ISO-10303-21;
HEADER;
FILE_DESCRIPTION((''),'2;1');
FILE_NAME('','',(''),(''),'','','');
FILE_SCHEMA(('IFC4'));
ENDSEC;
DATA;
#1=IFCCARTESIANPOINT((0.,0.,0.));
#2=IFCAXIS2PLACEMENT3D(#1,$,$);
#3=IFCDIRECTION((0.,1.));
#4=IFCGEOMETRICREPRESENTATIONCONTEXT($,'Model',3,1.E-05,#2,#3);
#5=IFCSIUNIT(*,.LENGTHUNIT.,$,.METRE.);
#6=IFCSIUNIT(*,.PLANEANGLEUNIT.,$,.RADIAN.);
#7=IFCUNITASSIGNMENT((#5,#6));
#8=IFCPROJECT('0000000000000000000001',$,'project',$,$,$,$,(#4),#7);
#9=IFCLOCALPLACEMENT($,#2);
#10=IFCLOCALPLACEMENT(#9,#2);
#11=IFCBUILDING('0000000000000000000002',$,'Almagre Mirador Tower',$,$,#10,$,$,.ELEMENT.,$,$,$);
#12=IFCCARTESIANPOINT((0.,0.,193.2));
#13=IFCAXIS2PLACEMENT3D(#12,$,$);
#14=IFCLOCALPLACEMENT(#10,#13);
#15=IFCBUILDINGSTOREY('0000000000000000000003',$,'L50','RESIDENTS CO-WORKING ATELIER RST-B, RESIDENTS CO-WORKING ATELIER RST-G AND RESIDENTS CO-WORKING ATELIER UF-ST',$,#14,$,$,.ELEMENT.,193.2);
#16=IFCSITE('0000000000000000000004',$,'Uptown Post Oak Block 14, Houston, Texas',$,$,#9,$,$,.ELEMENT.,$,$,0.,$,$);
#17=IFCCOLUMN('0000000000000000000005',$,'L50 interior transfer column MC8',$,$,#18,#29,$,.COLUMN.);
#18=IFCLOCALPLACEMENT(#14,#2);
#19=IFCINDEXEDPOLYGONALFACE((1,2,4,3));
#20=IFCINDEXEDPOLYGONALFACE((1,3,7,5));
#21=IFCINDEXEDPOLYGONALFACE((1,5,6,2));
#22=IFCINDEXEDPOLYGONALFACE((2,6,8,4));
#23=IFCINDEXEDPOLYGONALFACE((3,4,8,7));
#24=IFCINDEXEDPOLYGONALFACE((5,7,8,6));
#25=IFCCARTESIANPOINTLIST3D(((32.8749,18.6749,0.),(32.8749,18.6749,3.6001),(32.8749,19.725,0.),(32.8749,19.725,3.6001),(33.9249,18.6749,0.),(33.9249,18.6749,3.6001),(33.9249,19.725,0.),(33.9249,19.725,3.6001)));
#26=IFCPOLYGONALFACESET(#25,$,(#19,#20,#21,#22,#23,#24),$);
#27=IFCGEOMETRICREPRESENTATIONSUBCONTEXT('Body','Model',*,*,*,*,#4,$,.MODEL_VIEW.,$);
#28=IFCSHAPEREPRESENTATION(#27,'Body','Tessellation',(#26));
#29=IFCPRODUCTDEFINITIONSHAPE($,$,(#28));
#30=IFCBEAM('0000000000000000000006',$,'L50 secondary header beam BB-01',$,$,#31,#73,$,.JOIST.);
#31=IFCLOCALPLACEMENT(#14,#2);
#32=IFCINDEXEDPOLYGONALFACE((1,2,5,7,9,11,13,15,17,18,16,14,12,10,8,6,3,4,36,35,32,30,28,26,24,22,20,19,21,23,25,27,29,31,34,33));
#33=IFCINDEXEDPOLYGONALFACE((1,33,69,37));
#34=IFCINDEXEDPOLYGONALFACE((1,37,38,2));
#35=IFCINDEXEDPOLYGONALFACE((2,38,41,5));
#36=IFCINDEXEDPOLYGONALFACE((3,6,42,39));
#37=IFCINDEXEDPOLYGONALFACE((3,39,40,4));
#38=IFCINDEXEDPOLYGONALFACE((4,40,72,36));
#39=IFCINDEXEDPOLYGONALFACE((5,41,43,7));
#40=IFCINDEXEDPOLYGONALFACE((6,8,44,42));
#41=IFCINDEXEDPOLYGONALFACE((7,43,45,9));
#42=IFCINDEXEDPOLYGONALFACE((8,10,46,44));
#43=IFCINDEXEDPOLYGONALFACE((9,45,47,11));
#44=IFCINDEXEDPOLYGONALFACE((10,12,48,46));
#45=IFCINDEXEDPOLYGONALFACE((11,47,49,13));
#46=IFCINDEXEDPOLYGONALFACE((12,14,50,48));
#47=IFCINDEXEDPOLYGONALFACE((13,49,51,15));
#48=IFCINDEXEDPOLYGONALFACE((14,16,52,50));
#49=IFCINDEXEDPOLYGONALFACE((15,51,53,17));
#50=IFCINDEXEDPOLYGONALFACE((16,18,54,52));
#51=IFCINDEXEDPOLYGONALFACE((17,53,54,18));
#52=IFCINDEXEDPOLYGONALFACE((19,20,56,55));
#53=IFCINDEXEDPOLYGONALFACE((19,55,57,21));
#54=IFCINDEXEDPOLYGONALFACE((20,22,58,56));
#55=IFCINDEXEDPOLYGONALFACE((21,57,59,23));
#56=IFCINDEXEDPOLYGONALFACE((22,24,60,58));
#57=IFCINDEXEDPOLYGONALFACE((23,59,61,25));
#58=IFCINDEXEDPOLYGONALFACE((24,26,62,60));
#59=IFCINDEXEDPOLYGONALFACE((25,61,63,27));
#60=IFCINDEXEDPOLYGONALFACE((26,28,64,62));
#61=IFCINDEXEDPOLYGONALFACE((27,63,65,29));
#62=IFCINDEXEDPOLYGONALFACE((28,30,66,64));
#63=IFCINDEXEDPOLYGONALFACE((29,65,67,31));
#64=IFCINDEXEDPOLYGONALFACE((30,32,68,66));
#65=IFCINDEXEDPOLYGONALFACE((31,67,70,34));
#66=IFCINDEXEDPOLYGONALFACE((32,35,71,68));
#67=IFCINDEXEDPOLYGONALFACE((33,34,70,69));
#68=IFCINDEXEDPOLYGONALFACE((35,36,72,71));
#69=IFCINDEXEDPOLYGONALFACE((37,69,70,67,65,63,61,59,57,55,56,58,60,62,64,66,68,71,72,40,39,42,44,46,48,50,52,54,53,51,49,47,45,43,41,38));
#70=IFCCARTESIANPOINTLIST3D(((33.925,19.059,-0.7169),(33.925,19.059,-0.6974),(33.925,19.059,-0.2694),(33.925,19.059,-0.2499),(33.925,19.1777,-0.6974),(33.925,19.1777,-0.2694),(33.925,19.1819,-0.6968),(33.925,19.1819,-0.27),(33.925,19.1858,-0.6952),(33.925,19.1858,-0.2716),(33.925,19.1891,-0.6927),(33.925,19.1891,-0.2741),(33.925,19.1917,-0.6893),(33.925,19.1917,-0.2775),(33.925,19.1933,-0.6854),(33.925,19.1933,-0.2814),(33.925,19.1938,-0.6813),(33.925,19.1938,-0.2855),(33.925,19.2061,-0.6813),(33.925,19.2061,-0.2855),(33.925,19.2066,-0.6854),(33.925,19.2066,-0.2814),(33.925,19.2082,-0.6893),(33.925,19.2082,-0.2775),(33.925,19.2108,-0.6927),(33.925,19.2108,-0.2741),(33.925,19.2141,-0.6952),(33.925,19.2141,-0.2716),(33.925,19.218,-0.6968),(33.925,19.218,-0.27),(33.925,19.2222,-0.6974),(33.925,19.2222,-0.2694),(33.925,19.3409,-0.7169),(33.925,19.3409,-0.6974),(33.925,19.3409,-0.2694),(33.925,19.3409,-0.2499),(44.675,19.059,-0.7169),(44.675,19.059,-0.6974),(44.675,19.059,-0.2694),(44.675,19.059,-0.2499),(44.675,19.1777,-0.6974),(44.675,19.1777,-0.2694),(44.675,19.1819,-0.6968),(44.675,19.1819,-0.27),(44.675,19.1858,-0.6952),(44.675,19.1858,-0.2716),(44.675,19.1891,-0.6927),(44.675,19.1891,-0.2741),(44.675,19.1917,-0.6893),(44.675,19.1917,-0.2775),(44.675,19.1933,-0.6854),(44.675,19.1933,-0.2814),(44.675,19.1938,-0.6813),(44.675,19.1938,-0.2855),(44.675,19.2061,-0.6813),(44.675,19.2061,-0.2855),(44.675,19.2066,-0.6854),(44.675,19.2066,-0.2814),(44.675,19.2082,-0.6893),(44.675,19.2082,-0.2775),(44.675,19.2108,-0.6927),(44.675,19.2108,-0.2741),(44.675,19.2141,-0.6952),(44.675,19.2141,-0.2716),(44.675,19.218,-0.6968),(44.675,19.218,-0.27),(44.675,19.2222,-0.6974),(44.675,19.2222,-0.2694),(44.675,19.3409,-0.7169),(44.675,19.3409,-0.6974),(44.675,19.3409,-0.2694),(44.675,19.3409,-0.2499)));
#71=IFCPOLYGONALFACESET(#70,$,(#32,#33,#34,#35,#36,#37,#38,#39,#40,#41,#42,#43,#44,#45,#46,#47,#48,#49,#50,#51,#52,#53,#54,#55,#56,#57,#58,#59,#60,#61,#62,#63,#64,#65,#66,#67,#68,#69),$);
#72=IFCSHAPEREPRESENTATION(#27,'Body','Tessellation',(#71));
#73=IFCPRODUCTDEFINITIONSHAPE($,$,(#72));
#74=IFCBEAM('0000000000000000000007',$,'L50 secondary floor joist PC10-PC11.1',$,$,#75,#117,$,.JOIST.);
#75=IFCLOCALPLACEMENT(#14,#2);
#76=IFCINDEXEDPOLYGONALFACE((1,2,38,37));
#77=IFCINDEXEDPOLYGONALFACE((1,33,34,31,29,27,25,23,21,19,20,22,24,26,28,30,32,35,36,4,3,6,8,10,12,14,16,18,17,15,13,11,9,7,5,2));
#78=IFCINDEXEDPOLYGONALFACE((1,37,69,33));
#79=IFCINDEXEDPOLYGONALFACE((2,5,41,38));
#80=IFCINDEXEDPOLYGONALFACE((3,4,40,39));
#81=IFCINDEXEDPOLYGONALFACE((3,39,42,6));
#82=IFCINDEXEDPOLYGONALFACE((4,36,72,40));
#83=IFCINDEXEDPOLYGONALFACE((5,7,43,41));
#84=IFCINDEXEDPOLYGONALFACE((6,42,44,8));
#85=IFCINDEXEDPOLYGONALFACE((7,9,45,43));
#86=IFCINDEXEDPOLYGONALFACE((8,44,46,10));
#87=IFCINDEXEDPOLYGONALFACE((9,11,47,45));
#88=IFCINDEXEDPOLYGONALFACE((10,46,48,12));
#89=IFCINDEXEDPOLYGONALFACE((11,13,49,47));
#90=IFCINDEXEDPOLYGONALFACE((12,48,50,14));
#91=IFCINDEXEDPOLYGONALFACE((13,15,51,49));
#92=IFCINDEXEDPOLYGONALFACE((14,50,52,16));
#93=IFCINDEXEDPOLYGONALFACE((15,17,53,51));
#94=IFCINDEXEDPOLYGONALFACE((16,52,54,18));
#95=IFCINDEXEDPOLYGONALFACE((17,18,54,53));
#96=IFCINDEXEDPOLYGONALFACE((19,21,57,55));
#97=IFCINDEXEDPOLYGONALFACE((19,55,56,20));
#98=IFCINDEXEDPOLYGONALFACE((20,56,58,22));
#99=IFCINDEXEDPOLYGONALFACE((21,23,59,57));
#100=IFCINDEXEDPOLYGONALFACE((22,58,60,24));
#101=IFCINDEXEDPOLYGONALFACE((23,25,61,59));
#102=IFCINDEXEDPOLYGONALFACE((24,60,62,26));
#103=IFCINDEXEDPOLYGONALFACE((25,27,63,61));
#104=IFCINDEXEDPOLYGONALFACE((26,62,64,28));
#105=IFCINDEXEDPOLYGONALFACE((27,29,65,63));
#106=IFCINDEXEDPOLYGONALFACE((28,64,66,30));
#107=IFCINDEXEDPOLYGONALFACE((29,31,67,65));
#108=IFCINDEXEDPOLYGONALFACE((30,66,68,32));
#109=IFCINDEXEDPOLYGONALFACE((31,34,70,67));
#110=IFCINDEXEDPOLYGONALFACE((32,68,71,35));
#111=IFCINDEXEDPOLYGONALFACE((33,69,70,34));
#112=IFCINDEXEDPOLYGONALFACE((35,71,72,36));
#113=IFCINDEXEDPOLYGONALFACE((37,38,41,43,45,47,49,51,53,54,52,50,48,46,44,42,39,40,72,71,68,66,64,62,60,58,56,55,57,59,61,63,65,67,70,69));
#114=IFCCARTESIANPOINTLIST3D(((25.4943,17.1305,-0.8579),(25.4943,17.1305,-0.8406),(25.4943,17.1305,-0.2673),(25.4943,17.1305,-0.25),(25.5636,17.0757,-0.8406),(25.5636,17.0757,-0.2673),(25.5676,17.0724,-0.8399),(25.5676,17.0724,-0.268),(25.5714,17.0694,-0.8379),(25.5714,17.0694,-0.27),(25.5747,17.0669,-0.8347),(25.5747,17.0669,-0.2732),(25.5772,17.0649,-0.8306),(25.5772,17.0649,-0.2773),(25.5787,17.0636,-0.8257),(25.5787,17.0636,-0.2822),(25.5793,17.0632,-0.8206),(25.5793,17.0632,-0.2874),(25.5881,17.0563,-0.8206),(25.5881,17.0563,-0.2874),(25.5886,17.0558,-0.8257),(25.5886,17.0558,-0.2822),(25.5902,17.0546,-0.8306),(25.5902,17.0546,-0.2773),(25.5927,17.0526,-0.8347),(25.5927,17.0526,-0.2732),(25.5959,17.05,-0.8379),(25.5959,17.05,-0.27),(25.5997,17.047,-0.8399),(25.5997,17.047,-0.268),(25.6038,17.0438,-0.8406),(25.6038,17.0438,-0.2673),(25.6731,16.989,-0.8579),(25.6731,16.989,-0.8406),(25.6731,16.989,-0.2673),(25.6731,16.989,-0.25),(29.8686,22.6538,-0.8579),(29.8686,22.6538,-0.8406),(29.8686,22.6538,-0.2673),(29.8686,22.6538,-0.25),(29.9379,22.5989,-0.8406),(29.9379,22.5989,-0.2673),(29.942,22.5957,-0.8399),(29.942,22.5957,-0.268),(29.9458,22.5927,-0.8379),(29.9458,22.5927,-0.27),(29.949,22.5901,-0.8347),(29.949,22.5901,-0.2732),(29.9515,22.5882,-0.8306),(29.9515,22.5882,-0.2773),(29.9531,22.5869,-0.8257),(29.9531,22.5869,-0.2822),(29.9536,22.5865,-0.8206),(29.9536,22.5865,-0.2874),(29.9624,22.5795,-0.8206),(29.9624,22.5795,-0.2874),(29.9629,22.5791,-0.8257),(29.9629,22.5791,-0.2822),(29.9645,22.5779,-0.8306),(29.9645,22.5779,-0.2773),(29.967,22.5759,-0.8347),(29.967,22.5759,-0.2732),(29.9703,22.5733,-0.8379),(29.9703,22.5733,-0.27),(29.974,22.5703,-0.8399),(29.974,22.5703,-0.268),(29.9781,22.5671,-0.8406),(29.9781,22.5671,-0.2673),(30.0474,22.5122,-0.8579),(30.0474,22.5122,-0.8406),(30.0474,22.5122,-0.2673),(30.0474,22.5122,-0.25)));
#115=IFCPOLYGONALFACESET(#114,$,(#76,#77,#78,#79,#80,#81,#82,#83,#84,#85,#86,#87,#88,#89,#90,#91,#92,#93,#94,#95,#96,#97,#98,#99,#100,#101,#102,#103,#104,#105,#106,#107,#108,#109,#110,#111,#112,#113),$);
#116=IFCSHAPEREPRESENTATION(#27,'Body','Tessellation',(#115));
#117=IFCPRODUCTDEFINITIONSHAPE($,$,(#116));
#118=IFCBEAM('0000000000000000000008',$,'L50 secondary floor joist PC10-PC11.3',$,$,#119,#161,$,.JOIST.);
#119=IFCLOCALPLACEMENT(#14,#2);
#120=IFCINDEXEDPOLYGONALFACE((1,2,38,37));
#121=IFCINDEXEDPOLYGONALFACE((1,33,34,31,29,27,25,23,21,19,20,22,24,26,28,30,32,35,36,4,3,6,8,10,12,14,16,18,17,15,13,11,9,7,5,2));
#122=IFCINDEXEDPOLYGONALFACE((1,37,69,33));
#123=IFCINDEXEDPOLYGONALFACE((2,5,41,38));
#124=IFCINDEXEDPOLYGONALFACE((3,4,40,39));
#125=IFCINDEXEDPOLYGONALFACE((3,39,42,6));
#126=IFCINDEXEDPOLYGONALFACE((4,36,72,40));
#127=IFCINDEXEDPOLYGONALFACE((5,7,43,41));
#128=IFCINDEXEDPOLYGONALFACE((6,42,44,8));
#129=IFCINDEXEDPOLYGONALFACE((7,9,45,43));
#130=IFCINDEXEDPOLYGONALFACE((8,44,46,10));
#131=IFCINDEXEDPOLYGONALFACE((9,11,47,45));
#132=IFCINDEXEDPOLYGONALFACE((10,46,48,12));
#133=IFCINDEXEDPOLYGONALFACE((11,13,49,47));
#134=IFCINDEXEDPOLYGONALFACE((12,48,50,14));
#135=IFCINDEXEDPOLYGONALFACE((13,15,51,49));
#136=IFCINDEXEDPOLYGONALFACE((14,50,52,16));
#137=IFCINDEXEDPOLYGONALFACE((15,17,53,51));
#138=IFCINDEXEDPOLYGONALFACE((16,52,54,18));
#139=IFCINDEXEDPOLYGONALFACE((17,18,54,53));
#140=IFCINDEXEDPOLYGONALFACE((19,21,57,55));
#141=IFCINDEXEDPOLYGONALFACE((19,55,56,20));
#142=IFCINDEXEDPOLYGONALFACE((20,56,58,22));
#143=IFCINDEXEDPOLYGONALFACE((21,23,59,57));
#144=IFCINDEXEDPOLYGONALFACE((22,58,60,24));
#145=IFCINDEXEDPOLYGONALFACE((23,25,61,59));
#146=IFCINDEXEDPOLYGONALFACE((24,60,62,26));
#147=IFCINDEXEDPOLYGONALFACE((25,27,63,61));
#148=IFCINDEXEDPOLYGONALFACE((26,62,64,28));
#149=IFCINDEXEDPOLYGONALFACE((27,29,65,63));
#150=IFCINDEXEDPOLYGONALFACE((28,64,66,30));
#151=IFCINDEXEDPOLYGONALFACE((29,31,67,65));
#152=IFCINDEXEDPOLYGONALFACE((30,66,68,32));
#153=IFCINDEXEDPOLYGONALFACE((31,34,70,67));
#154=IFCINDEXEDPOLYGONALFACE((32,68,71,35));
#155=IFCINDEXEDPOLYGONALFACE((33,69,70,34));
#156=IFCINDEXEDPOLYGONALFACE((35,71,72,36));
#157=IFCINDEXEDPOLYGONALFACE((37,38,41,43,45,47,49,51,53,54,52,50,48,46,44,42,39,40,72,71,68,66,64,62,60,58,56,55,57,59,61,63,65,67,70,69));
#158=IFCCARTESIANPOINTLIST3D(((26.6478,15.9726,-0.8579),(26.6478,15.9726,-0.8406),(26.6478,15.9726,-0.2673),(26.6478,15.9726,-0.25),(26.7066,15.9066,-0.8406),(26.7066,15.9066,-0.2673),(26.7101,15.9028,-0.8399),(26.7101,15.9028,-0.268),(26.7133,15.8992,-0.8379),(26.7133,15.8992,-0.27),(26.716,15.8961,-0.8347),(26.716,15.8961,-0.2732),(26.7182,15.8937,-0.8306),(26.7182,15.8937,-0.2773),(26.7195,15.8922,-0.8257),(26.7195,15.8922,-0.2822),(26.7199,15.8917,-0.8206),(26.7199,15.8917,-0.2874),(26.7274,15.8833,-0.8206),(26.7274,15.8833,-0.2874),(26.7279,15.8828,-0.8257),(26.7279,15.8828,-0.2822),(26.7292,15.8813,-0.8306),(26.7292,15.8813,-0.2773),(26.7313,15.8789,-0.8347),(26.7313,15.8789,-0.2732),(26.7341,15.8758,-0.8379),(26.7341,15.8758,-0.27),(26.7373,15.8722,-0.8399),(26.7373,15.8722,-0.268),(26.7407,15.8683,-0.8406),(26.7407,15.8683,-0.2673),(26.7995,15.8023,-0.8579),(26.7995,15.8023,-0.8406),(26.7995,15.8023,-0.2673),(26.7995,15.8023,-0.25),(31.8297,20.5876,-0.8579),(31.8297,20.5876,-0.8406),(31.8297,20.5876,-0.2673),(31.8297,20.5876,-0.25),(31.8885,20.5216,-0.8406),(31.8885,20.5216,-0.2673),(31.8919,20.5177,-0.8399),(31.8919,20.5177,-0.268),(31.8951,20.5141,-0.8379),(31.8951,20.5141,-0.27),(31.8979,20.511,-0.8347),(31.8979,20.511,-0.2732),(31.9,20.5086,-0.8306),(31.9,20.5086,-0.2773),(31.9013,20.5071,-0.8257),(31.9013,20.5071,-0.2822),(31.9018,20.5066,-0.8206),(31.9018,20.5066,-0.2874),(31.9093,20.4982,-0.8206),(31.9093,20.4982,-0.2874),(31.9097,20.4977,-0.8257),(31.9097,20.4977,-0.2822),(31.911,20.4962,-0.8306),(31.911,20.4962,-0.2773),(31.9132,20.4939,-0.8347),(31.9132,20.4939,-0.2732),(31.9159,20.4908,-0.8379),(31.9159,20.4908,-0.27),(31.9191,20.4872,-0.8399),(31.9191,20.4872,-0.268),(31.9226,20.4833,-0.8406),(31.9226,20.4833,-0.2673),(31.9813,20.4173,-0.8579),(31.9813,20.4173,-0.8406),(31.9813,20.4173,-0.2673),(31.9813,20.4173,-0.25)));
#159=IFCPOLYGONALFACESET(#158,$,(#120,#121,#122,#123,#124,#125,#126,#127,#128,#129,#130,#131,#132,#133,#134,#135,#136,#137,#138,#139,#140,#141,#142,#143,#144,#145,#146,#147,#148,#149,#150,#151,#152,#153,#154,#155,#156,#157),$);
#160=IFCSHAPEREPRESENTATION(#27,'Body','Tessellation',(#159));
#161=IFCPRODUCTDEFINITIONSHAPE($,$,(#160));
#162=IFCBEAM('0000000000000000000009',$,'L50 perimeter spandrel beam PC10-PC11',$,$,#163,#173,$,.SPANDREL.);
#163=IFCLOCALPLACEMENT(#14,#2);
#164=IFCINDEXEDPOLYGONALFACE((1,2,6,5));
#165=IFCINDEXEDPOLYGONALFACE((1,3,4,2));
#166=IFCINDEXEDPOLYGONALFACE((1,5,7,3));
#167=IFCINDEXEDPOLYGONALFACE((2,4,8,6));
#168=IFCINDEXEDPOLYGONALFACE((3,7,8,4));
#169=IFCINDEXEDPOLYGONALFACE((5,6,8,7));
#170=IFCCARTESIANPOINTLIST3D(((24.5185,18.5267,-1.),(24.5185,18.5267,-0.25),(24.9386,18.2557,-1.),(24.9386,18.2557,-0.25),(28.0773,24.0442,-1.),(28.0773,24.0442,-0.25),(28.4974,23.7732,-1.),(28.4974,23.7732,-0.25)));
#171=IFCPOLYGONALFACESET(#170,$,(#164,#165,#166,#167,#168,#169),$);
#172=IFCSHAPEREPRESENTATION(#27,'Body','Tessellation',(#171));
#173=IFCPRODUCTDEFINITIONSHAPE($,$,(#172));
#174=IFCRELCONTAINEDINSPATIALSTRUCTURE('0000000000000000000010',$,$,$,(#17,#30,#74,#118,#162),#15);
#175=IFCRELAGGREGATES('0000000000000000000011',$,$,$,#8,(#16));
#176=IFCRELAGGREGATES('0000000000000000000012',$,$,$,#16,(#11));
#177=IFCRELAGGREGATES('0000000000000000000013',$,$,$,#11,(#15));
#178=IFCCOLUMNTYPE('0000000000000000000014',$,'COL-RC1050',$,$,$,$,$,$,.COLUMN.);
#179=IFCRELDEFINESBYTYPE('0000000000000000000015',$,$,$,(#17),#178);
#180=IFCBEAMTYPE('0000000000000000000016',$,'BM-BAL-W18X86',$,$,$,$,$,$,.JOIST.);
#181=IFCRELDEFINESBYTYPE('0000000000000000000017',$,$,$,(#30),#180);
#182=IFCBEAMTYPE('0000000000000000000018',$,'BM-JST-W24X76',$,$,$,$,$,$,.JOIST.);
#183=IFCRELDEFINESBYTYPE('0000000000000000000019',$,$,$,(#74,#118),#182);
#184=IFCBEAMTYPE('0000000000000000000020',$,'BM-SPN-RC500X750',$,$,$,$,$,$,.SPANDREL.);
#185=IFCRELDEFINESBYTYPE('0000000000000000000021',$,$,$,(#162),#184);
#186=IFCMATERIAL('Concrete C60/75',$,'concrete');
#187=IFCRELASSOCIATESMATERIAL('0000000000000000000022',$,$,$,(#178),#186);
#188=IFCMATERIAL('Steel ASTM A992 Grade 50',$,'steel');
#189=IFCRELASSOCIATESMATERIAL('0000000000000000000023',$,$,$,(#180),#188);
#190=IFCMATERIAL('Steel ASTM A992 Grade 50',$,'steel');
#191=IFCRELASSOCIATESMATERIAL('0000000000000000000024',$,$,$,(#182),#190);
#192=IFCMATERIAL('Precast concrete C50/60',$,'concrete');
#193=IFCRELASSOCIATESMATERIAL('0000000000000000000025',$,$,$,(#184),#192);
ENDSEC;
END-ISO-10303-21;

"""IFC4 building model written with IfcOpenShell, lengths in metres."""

from ifc_helpers import new_model, si_unit, direction, frame, origin, origin_2d, place, context, subcontext, project, spatial, rectangle, i_section, extrude, material, material_profile, profile_set, type_object, element, save


model = new_model("IFC4")

# Units and contexts
model_context = context("Model", 3, precision=1e-05, world=origin(), true_north=direction((0.0, 1.0)))
body_context = subcontext(model_context, "Body", "Model", "MODEL_VIEW")
ifc_project = project(units=[si_unit("LENGTHUNIT", "METRE"), si_unit("PLANEANGLEUNIT", "RADIAN")], contexts=[model_context])

# Site, building, storey
site_placement = place(None, origin())
site = spatial("IfcSite", under=ifc_project, at=site_placement, Name="Uptown Post Oak Block 14, Houston, Texas", CompositionType="ELEMENT", RefElevation=0.0)
building_placement = place(site_placement, origin())
building = spatial("IfcBuilding", under=site, at=building_placement, Name="Almagre Mirador Tower", CompositionType="ELEMENT")
storey_placement = place(building_placement, frame((0.0, 0.0, 193.2)))
storey = spatial("IfcBuildingStorey", under=building, at=storey_placement, Name="L50", Description="RESIDENTS CO-WORKING ATELIER RST-B, RESIDENTS CO-WORKING ATELIER RST-G AND RESIDENTS CO-WORKING ATELIER UF-ST", CompositionType="ELEMENT", Elevation=193.2)

# Column
ifc_material_1 = material(Name="Concrete C60/75", Category="concrete")
ifc_material_profile_1 = material_profile(ifc_material_1, rectangle(XDim=1.05, YDim=1.05, at=origin_2d()), Name="RC1050X1050")
ifc_profile_set_1 = profile_set([ifc_material_profile_1], Name="Concrete C60/75")
column_type = type_object("IfcColumnType", Name="COL-RC1050", PredefinedType="COLUMN", material=ifc_profile_set_1)
column_placement = place(storey_placement, frame((33.3999, 19.2, 0.0), z_axis=(0.0, 0.0, 1.0), x_axis=(1.0, 0.0, 0.0)))
element("IfcColumn", 1, at=column_placement, inside=storey, type_object=column_type, Name="L50 interior transfer column MC8", PredefinedType="COLUMN", context=body_context, shape_type="SweptSolid", body=[
    extrude(rectangle(XDim=1.05, YDim=1.05, at=origin_2d()), origin(), (0.0, 0.0, 1.0), 3.6001),
])

# Beams
ifc_material_2 = material(Name="Steel ASTM A992 Grade 50", Category="steel")
ifc_material_profile_2 = material_profile(ifc_material_2, i_section(OverallWidth=0.282, OverallDepth=0.467, WebThickness=0.0122, FlangeThickness=0.0195, FilletRadius=0.0161, at=origin_2d()), Name="W18X86")
ifc_profile_set_2 = profile_set([ifc_material_profile_2], Name="Steel ASTM A992 Grade 50")
beam_type_1 = type_object("IfcBeamType", Name="BM-BAL-W18X86", PredefinedType="JOIST", material=ifc_profile_set_2)
beam_1_placement = place(storey_placement, frame((33.925, 19.2, -0.4834), z_axis=(1.0, 0.0, 0.0), x_axis=(0.0, 1.0, 0.0)))
element("IfcBeam", 2, at=beam_1_placement, inside=storey, type_object=beam_type_1, Name="L50 secondary header beam BB-01", PredefinedType="JOIST", context=body_context, shape_type="SweptSolid", body=[
    extrude(i_section(OverallWidth=0.282, OverallDepth=0.467, WebThickness=0.0122, FlangeThickness=0.0195, FilletRadius=0.0161, at=origin_2d()), origin(), (0.0, 0.0, 1.0), 10.75),
])
ifc_material_3 = material(Name="Steel ASTM A992 Grade 50", Category="steel")
ifc_material_profile_3 = material_profile(ifc_material_3, i_section(OverallWidth=0.228, OverallDepth=0.6079, WebThickness=0.0112, FlangeThickness=0.0173, FilletRadius=0.02, at=origin_2d()), Name="W24X76")
ifc_profile_set_3 = profile_set([ifc_material_profile_3], Name="Steel ASTM A992 Grade 50")
beam_type_2 = type_object("IfcBeamType", Name="BM-JST-W24X76", PredefinedType="JOIST", material=ifc_profile_set_3)
beam_2_placement = place(storey_placement, frame((29.958, 22.583, -0.554), z_axis=(-0.620855, -0.783926, 0.0), x_axis=(0.783926, -0.620855, 0.0)))
element("IfcBeam", 3, at=beam_2_placement, inside=storey, type_object=beam_type_2, Name="L50 secondary floor joist PC10-PC11.1", PredefinedType="JOIST", context=body_context, shape_type="SweptSolid", body=[
    extrude(i_section(OverallWidth=0.228, OverallDepth=0.6079, WebThickness=0.0112, FlangeThickness=0.0173, FilletRadius=0.02, at=origin_2d()), origin(), (0.0, 0.0, 1.0), 7.0457),
])
beam_3_placement = place(storey_placement, frame((31.9055, 20.5024, -0.554), z_axis=(-0.746774, -0.665078, 0.0), x_axis=(0.665078, -0.746774, 0.0)))
element("IfcBeam", 4, at=beam_3_placement, inside=storey, type_object=beam_type_2, Name="L50 secondary floor joist PC10-PC11.3", PredefinedType="JOIST", context=body_context, shape_type="SweptSolid", body=[
    extrude(i_section(OverallWidth=0.228, OverallDepth=0.6079, WebThickness=0.0112, FlangeThickness=0.0173, FilletRadius=0.02, at=origin_2d()), origin(), (0.0, 0.0, 1.0), 6.939),
])
ifc_material_4 = material(Name="Precast concrete C50/60", Category="concrete")
ifc_material_profile_4 = material_profile(ifc_material_4, rectangle(XDim=0.5, YDim=0.75, at=origin_2d()), Name="RC500X750")
ifc_profile_set_4 = profile_set([ifc_material_profile_4], Name="Precast concrete C50/60")
beam_type_3 = type_object("IfcBeamType", Name="BM-SPN-RC500X750", PredefinedType="SPANDREL", material=ifc_profile_set_4)
beam_4_placement = place(storey_placement, frame((28.2874, 23.9087, -0.625), z_axis=(-0.542031, -0.840358, 0.0), x_axis=(0.840358, -0.542031, 0.0)))
element("IfcBeam", 5, at=beam_4_placement, inside=storey, type_object=beam_type_3, Name="L50 perimeter spandrel beam PC10-PC11", PredefinedType="SPANDREL", context=body_context, shape_type="SweptSolid", body=[
    extrude(rectangle(XDim=0.5, YDim=0.75, at=origin_2d()), origin(), (0.0, 0.0, 1.0), 6.5657),
])

save(model, "model.ifc")
